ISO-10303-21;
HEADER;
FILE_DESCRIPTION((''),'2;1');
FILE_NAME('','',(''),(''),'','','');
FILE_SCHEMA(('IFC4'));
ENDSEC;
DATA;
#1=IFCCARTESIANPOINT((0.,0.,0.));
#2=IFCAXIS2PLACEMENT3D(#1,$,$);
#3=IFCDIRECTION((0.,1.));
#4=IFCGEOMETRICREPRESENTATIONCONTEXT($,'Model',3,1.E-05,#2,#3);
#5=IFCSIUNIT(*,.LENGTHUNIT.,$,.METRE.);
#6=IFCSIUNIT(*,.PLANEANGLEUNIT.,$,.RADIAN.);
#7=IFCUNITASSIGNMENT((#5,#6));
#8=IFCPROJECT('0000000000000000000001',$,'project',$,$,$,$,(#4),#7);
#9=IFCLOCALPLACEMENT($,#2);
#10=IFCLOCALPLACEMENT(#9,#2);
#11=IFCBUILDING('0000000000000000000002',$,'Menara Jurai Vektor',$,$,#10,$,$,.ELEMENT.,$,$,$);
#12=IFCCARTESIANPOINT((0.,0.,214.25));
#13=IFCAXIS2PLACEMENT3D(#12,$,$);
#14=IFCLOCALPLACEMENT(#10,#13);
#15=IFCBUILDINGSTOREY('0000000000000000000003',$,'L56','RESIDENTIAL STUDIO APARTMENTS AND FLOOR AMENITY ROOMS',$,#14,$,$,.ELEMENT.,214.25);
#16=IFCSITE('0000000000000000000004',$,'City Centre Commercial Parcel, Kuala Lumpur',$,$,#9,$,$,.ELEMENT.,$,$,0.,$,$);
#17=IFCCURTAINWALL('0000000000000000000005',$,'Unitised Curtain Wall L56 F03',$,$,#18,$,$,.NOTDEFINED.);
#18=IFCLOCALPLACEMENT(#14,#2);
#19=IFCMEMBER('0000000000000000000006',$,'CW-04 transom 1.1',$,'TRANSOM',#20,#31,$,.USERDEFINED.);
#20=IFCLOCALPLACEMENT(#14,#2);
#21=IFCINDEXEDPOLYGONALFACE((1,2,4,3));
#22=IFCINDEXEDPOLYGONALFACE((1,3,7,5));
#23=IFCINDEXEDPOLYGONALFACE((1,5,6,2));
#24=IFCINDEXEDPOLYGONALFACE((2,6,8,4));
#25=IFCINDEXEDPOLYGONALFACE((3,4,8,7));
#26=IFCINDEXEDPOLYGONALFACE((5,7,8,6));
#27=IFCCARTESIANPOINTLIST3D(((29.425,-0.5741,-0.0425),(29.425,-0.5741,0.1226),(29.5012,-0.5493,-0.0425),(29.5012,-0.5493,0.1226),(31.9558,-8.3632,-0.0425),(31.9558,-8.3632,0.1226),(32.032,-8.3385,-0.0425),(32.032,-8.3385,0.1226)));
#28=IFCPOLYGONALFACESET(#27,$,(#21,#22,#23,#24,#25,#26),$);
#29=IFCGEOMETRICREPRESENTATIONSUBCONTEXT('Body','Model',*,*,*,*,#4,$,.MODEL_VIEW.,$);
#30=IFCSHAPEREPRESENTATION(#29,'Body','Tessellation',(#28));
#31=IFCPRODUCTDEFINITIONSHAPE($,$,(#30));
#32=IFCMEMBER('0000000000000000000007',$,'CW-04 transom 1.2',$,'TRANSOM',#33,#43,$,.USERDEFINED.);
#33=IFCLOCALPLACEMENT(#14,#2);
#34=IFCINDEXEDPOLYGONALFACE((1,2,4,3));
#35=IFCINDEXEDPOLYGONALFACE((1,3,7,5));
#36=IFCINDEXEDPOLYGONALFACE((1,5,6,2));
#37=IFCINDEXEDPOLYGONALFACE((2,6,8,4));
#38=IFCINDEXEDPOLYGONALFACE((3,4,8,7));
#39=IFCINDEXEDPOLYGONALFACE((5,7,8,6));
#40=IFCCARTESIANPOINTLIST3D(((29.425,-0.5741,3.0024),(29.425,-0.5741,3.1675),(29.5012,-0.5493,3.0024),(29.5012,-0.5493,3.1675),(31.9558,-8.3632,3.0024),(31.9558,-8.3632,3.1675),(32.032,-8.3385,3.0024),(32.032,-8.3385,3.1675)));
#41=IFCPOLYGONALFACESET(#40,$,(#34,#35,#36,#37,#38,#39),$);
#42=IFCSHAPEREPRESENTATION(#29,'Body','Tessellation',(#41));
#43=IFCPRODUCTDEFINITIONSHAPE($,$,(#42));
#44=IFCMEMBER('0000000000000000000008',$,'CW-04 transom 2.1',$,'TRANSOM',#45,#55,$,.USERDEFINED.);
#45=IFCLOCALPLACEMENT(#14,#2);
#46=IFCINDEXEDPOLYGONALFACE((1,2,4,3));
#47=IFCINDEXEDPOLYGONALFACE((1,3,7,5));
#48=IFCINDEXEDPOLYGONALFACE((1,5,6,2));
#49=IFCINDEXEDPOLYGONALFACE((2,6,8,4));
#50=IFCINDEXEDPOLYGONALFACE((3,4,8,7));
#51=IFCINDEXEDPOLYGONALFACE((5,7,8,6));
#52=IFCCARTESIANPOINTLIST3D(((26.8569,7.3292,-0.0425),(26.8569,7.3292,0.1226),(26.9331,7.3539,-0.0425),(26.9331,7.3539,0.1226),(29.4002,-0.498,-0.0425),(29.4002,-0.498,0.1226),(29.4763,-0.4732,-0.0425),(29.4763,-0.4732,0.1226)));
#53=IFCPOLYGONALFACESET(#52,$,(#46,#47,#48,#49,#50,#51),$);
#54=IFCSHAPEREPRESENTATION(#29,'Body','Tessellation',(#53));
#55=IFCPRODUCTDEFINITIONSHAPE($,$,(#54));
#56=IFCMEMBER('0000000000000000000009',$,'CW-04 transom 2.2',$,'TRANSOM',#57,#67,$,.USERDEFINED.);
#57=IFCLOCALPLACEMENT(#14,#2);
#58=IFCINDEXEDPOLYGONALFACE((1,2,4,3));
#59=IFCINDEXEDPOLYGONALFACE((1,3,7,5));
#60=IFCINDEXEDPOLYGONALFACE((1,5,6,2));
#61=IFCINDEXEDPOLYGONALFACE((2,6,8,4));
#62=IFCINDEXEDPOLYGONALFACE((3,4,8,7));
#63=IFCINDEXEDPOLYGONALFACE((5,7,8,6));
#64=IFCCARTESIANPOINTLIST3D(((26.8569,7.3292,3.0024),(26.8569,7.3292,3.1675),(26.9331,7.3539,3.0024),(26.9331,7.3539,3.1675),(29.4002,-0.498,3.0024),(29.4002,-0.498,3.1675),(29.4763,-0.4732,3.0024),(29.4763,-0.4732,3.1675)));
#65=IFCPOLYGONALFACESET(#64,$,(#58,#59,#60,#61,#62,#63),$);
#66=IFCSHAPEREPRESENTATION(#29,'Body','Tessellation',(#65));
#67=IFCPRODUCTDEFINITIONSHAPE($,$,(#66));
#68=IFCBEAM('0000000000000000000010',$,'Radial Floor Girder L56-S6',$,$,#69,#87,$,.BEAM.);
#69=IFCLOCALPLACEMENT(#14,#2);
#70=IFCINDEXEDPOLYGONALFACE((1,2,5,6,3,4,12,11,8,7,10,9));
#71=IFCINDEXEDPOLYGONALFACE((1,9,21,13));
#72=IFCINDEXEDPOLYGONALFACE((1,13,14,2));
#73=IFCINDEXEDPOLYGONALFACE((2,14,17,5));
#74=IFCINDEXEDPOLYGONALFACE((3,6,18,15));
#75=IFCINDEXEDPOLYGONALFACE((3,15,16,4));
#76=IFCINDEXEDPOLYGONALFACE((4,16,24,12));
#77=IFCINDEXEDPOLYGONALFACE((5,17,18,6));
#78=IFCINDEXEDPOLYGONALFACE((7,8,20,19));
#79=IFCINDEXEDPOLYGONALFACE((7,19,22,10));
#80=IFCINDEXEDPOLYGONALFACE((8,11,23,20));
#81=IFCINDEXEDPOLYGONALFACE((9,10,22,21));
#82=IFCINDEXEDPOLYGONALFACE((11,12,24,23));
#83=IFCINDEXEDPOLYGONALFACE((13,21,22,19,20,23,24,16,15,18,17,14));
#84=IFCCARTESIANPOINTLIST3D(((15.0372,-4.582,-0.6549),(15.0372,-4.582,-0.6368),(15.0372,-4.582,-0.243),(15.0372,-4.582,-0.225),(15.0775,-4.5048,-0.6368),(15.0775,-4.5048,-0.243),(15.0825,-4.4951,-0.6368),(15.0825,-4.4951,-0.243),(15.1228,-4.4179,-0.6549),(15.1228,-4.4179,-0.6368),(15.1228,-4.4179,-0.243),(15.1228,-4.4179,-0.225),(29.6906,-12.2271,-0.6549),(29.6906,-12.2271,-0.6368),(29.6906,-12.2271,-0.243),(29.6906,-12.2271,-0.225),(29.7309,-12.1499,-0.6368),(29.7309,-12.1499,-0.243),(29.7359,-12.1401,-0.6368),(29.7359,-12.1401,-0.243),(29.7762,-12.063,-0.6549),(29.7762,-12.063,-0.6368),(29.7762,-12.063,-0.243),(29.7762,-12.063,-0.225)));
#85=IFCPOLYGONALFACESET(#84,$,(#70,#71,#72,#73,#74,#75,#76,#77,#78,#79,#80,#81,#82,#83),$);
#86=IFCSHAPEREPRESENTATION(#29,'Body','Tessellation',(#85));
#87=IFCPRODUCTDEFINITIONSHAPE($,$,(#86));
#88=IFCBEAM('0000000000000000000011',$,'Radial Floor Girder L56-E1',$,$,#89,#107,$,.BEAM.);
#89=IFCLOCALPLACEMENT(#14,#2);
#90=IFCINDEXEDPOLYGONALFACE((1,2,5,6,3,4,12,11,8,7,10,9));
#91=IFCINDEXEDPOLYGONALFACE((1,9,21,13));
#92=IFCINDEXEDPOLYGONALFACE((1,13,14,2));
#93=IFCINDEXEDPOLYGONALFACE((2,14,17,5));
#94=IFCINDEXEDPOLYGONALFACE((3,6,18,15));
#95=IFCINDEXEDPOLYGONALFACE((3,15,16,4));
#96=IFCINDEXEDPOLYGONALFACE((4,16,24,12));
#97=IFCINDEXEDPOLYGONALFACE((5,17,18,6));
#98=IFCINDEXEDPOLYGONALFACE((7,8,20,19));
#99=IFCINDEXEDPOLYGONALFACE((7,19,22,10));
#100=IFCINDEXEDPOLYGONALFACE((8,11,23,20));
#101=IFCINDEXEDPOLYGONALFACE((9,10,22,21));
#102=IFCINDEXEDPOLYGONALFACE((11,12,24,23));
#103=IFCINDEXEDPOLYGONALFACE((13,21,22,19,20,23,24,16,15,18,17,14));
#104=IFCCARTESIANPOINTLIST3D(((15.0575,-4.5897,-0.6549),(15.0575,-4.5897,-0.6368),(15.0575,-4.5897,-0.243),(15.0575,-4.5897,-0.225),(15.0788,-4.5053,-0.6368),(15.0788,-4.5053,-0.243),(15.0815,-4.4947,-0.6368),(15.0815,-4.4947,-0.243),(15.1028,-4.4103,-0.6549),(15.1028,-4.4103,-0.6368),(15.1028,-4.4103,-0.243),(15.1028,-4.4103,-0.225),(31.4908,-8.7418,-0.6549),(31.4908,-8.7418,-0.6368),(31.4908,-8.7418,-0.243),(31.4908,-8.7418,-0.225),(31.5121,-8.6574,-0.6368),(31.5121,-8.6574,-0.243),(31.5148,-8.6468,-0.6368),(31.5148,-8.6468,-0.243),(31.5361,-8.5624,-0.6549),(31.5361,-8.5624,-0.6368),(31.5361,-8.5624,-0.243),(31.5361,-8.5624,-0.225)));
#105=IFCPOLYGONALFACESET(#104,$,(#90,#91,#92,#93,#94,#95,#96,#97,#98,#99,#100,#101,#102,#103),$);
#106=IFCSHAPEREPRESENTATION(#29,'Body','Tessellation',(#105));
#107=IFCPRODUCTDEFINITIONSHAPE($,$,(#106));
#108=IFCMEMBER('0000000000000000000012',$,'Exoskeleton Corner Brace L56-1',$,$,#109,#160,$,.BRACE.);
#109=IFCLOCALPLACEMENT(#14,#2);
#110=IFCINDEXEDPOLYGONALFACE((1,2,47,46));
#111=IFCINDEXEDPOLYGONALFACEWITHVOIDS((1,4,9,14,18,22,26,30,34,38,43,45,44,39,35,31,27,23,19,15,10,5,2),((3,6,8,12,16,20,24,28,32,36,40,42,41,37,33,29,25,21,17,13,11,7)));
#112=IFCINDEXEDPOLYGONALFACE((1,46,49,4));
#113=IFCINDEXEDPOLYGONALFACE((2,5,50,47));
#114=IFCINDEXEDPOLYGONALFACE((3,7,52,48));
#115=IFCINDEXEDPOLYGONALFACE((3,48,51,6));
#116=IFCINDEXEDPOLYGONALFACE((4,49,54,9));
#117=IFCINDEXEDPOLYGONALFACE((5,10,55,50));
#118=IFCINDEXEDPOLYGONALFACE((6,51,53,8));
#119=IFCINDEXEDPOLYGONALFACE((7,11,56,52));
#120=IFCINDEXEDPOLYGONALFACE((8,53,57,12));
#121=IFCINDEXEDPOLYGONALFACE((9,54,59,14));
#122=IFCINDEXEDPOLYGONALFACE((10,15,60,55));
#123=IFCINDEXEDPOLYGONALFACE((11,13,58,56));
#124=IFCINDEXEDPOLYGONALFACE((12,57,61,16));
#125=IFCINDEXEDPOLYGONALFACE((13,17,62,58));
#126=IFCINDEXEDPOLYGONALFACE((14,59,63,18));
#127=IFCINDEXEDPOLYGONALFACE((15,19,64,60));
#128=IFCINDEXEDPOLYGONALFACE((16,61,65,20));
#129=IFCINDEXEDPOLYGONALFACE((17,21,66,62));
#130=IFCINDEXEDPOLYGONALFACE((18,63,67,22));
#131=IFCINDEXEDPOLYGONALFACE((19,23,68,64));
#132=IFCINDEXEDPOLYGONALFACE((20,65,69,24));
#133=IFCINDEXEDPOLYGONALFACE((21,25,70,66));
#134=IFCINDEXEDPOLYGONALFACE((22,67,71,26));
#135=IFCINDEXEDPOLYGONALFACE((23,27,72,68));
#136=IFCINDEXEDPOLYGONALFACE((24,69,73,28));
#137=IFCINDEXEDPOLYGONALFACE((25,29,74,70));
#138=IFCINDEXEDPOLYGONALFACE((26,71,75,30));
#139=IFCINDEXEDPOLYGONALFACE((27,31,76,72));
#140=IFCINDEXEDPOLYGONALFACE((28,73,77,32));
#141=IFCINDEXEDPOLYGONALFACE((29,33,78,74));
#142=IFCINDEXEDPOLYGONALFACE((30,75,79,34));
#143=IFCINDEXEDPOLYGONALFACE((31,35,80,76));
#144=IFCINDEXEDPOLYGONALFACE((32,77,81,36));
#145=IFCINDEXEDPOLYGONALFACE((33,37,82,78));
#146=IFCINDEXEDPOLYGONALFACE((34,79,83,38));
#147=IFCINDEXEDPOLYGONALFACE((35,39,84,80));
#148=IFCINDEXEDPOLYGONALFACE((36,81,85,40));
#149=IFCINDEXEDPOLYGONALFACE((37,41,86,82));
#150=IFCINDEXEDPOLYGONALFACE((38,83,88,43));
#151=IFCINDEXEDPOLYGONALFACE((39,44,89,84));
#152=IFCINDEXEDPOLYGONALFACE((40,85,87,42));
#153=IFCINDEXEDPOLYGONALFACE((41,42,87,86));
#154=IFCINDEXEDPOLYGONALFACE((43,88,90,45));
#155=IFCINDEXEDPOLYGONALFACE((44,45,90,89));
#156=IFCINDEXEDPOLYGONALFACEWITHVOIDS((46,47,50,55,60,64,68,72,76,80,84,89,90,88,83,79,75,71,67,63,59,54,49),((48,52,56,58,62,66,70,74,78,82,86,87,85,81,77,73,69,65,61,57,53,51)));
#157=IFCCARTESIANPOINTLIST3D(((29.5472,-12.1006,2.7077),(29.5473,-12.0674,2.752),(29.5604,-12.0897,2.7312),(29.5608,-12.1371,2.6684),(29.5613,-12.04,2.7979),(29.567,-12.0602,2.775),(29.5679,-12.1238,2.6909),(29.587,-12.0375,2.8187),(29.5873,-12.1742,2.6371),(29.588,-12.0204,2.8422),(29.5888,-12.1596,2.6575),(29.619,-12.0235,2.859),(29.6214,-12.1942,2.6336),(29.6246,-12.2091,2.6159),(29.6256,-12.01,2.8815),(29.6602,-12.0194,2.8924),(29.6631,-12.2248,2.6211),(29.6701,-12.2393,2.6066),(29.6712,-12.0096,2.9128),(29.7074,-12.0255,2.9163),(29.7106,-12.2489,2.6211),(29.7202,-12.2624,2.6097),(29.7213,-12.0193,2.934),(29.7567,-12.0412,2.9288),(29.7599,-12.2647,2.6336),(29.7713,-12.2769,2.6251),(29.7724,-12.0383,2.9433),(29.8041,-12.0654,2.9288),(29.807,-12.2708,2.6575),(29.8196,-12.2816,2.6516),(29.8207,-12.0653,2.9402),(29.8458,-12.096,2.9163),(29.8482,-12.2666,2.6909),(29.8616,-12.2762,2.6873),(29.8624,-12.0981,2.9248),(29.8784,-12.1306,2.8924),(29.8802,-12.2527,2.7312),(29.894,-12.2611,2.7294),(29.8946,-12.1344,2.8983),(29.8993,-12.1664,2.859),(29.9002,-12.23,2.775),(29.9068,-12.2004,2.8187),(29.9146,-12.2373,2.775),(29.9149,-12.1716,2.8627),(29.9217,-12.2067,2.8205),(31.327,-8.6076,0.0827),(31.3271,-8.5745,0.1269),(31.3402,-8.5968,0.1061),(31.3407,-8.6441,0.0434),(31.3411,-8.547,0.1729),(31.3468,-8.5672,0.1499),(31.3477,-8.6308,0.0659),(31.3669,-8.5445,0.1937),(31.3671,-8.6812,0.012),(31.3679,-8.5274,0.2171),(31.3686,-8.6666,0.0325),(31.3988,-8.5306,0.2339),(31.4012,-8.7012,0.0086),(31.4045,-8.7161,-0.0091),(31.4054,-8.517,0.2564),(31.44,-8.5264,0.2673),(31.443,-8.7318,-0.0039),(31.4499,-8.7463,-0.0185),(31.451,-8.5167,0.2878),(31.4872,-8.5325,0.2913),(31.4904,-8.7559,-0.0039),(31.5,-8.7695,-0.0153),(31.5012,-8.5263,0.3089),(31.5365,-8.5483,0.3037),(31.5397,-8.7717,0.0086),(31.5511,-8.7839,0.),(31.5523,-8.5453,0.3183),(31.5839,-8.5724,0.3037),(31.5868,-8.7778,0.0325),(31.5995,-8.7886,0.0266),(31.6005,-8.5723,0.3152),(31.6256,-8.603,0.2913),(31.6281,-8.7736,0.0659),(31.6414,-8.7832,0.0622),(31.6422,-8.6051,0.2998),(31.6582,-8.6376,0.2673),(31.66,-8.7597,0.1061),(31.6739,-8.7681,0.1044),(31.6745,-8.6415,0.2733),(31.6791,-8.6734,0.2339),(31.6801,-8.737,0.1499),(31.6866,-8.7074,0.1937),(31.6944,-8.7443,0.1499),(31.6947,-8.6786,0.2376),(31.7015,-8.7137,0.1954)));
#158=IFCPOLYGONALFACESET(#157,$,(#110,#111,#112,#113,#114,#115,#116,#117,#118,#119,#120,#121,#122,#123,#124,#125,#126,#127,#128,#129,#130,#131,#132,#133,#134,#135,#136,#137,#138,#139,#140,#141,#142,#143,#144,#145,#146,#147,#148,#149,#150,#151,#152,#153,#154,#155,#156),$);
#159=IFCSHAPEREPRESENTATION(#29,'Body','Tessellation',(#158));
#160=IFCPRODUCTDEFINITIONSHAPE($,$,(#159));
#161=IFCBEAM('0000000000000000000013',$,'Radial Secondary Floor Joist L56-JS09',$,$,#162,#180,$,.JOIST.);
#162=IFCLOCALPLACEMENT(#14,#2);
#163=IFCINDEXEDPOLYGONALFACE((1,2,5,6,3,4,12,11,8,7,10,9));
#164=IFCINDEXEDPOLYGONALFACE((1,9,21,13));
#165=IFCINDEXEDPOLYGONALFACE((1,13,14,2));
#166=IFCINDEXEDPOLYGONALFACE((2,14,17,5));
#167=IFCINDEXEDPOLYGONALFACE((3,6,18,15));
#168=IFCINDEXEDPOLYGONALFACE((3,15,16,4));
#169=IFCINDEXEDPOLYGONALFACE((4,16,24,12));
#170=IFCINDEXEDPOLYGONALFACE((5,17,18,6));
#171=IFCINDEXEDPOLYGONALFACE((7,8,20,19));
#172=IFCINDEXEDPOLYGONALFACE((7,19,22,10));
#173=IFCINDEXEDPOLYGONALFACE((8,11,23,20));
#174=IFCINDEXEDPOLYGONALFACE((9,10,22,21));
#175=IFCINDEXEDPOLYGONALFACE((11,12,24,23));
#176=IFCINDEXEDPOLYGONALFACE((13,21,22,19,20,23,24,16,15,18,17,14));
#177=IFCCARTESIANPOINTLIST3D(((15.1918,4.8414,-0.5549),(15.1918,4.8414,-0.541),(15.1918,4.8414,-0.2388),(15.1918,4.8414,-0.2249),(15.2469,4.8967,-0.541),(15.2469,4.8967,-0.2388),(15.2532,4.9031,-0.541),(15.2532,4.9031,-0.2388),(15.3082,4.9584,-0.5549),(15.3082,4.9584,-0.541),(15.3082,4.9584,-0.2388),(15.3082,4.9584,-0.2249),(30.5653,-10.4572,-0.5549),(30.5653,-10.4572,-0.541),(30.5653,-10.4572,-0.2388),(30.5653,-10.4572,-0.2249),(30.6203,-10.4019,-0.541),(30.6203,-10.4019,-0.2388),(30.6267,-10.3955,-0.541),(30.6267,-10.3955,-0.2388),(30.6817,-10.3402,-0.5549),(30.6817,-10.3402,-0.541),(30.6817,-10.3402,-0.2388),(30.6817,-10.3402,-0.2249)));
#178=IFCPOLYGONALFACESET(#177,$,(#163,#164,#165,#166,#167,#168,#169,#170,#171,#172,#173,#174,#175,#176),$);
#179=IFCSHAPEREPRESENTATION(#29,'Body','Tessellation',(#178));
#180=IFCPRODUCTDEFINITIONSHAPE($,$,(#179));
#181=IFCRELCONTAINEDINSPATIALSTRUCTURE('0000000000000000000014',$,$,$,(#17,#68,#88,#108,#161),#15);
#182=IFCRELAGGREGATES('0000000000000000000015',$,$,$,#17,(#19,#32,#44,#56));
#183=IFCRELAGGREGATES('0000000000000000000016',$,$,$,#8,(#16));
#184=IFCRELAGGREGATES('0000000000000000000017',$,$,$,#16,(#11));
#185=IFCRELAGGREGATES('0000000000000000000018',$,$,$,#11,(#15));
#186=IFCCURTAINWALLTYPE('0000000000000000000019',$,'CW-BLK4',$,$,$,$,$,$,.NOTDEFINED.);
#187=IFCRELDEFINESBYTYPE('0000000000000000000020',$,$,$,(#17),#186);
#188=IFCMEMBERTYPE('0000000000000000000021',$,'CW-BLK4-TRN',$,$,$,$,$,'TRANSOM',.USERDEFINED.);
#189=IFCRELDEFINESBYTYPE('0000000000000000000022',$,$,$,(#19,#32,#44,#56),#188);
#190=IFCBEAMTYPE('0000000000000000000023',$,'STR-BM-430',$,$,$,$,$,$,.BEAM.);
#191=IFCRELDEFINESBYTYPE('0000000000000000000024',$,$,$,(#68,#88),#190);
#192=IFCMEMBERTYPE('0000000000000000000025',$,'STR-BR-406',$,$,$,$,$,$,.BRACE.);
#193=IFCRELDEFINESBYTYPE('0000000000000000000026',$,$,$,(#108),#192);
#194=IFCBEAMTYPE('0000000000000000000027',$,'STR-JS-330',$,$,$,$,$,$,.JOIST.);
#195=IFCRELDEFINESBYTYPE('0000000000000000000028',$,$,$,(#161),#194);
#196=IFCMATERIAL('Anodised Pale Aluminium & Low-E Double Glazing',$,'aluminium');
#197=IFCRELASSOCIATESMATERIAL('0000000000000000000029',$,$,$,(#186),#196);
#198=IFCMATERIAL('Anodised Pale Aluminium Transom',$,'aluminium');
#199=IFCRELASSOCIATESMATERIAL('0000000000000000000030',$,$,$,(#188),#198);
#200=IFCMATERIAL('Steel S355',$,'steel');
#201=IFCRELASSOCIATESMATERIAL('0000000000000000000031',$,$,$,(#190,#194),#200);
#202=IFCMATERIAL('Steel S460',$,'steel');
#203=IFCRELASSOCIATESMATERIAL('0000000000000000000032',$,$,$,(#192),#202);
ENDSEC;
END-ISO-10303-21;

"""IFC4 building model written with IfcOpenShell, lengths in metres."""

from ifc_helpers import new_model, si_unit, direction, frame, origin, origin_2d, place, context, subcontext, project, spatial, rectangle, hollow_circle, i_section, extrude, material, material_profile, profile_set, type_object, element, aggregate, save


model = new_model("IFC4")

# Units and contexts
model_context = context("Model", 3, precision=1e-05, world=origin(), true_north=direction((0.0, 1.0)))
body_context = subcontext(model_context, "Body", "Model", "MODEL_VIEW")
ifc_project = project(units=[si_unit("LENGTHUNIT", "METRE"), si_unit("PLANEANGLEUNIT", "RADIAN")], contexts=[model_context])

# Site, building, storey
site_placement = place(None, origin())
site = spatial("IfcSite", under=ifc_project, at=site_placement, Name="City Centre Commercial Parcel, Kuala Lumpur", CompositionType="ELEMENT", RefElevation=0.0)
building_placement = place(site_placement, origin())
building = spatial("IfcBuilding", under=site, at=building_placement, Name="Menara Jurai Vektor", CompositionType="ELEMENT")
storey_placement = place(building_placement, frame((0.0, 0.0, 214.25)))
storey = spatial("IfcBuildingStorey", under=building, at=storey_placement, Name="L56", Description="RESIDENTIAL STUDIO APARTMENTS AND FLOOR AMENITY ROOMS", CompositionType="ELEMENT", Elevation=214.25)

# Shared definitions
ifc_material_1 = material(Name="Steel S460", Category="steel")

# Shared definitions
ifc_material_2 = material(Name="Anodised Pale Aluminium & Low-E Double Glazing", Category="aluminium")
curtain_wall_type = type_object("IfcCurtainWallType", Name="CW-BLK4", PredefinedType="NOTDEFINED", material=ifc_material_2)

# Curtain wall
curtain_wall_1_placement = place(storey_placement, origin())
curtain_wall_1 = element("IfcCurtainWall", 1, at=curtain_wall_1_placement, inside=storey, type_object=curtain_wall_type, Name="Unitised Curtain Wall L56 F03", PredefinedType="NOTDEFINED")

# Members
ifc_material_3 = material(Name="Anodised Pale Aluminium Transom", Category="aluminium")
ifc_material_profile_1 = material_profile(ifc_material_3, rectangle(XDim=0.0801, YDim=0.165, at=origin_2d()), Name="ALU TRN 80x165")
ifc_profile_set_1 = profile_set([ifc_material_profile_1], Name="Anodised Pale Aluminium Transom")
member_type_1 = type_object("IfcMemberType", Name="CW-BLK4-TRN", ElementType="TRANSOM", PredefinedType="USERDEFINED", material=ifc_profile_set_1)
member_1_placement = place(storey_placement, frame((31.9939, -8.3508, 0.04), z_axis=(-0.309011, 0.951059, 0.0), x_axis=(-0.951059, -0.309011, 0.0)))
member_1 = element("IfcMember", 2, at=member_1_placement, type_object=member_type_1, Name="CW-04 transom 1.1", ObjectType="TRANSOM", PredefinedType="USERDEFINED", context=body_context, shape_type="SweptSolid", body=[
    extrude(rectangle(XDim=0.0801, YDim=0.165, at=origin_2d()), origin(), (0.0, 0.0, 1.0), 8.1899),
])
member_2_placement = place(storey_placement, frame((31.9939, -8.3508, 3.085), z_axis=(-0.309011, 0.951059, 0.0), x_axis=(-0.951059, -0.309011, 0.0)))
member_2 = element("IfcMember", 3, at=member_2_placement, type_object=member_type_1, Name="CW-04 transom 1.2", ObjectType="TRANSOM", PredefinedType="USERDEFINED", context=body_context, shape_type="SweptSolid", body=[
    extrude(rectangle(XDim=0.0801, YDim=0.165, at=origin_2d()), origin(), (0.0, 0.0, 1.0), 8.1899),
])
member_3_placement = place(storey_placement, frame((29.4382, -0.4856, 0.04), z_axis=(-0.309019, 0.951056, 0.0), x_axis=(-0.951056, -0.309019, 0.0)))
member_3 = element("IfcMember", 4, at=member_3_placement, type_object=member_type_1, Name="CW-04 transom 2.1", ObjectType="TRANSOM", PredefinedType="USERDEFINED", context=body_context, shape_type="SweptSolid", body=[
    extrude(rectangle(XDim=0.0801, YDim=0.165, at=origin_2d()), origin(), (0.0, 0.0, 1.0), 8.23),
])
member_4_placement = place(storey_placement, frame((29.4382, -0.4856, 3.085), z_axis=(-0.309019, 0.951056, 0.0), x_axis=(-0.951056, -0.309019, 0.0)))
member_4 = element("IfcMember", 5, at=member_4_placement, type_object=member_type_1, Name="CW-04 transom 2.2", ObjectType="TRANSOM", PredefinedType="USERDEFINED", context=body_context, shape_type="SweptSolid", body=[
    extrude(rectangle(XDim=0.0801, YDim=0.165, at=origin_2d()), origin(), (0.0, 0.0, 1.0), 8.23),
])

# Beams
ifc_material_4 = material(Name="Steel S355", Category="steel")
ifc_material_profile_2 = material_profile(ifc_material_4, i_section(OverallWidth=0.1851, OverallDepth=0.4299, WebThickness=0.011, FlangeThickness=0.0181, at=origin_2d()), Name="PG 430x185x76")
ifc_profile_set_2 = profile_set([ifc_material_profile_2], Name="Steel S355")
beam_type_1 = type_object("IfcBeamType", Name="STR-BM-430", PredefinedType="BEAM", material=ifc_profile_set_2)
beam_1_placement = place(storey_placement, frame((29.7334, -12.145, -0.4399), z_axis=(-0.88659, 0.462557, 0.0), x_axis=(-0.462557, -0.88659, 0.0)))
element("IfcBeam", 6, at=beam_1_placement, inside=storey, type_object=beam_type_1, Name="Radial Floor Girder L56-S6", PredefinedType="BEAM", context=body_context, shape_type="SweptSolid", body=[
    extrude(i_section(OverallWidth=0.1851, OverallDepth=0.4299, WebThickness=0.011, FlangeThickness=0.0181, at=origin_2d()), origin(), (0.0, 0.0, 1.0), 16.5278),
])
beam_2_placement = place(storey_placement, frame((31.5134, -8.6521, -0.4399), z_axis=(-0.969532, 0.244965, 0.0), x_axis=(-0.244965, -0.969532, 0.0)))
element("IfcBeam", 7, at=beam_2_placement, inside=storey, type_object=beam_type_1, Name="Radial Floor Girder L56-E1", PredefinedType="BEAM", context=body_context, shape_type="SweptSolid", body=[
    extrude(i_section(OverallWidth=0.1851, OverallDepth=0.4299, WebThickness=0.011, FlangeThickness=0.0181, at=origin_2d()), origin(), (0.0, 0.0, 1.0), 16.9497),
])

# Member
ifc_material_profile_3 = material_profile(ifc_material_1, hollow_circle(Radius=0.2031, WallThickness=0.0161, at=origin_2d()), Name="CHS 406.4x16")
ifc_profile_set_3 = profile_set([ifc_material_profile_3], Name="Steel S460")
member_type_2 = type_object("IfcMemberType", Name="STR-BR-406", PredefinedType="BRACE", material=ifc_profile_set_3)
member_5_placement = place(storey_placement, frame((31.5134, -8.6521, 0.1499), z_axis=(-0.37724, -0.740352, 0.556389), x_axis=(0.891001, -0.454001, 0.0)))
element("IfcMember", 8, at=member_5_placement, inside=storey, type_object=member_type_2, Name="Exoskeleton Corner Brace L56-1", PredefinedType="BRACE", context=body_context, shape_type="SweptSolid", body=[
    extrude(hollow_circle(Radius=0.2031, WallThickness=0.0161, at=origin_2d()), origin(), (0.0, 0.0, 1.0), 4.718),
])

# Beam
ifc_material_profile_4 = material_profile(ifc_material_4, i_section(OverallWidth=0.165, OverallDepth=0.3301, WebThickness=0.009, FlangeThickness=0.0139, at=origin_2d()), Name="PG 330x165x46")
ifc_profile_set_4 = profile_set([ifc_material_profile_4], Name="Steel S355")
beam_type_2 = type_object("IfcBeamType", Name="STR-JS-330", PredefinedType="JOIST", material=ifc_profile_set_4)
beam_3_placement = place(storey_placement, frame((30.6235, -10.3987, -0.3899), z_axis=(-0.708833, 0.705377, 0.0), x_axis=(-0.705377, -0.708833, 0.0)))
element("IfcBeam", 9, at=beam_3_placement, inside=storey, type_object=beam_type_2, Name="Radial Secondary Floor Joist L56-JS09", PredefinedType="JOIST", context=body_context, shape_type="SweptSolid", body=[
    extrude(i_section(OverallWidth=0.165, OverallDepth=0.3301, WebThickness=0.009, FlangeThickness=0.0139, at=origin_2d()), origin(), (0.0, 0.0, 1.0), 21.6885),
])

aggregate(curtain_wall_1, [member_1, member_2, member_3, member_4])

save(model, "model.ifc")
